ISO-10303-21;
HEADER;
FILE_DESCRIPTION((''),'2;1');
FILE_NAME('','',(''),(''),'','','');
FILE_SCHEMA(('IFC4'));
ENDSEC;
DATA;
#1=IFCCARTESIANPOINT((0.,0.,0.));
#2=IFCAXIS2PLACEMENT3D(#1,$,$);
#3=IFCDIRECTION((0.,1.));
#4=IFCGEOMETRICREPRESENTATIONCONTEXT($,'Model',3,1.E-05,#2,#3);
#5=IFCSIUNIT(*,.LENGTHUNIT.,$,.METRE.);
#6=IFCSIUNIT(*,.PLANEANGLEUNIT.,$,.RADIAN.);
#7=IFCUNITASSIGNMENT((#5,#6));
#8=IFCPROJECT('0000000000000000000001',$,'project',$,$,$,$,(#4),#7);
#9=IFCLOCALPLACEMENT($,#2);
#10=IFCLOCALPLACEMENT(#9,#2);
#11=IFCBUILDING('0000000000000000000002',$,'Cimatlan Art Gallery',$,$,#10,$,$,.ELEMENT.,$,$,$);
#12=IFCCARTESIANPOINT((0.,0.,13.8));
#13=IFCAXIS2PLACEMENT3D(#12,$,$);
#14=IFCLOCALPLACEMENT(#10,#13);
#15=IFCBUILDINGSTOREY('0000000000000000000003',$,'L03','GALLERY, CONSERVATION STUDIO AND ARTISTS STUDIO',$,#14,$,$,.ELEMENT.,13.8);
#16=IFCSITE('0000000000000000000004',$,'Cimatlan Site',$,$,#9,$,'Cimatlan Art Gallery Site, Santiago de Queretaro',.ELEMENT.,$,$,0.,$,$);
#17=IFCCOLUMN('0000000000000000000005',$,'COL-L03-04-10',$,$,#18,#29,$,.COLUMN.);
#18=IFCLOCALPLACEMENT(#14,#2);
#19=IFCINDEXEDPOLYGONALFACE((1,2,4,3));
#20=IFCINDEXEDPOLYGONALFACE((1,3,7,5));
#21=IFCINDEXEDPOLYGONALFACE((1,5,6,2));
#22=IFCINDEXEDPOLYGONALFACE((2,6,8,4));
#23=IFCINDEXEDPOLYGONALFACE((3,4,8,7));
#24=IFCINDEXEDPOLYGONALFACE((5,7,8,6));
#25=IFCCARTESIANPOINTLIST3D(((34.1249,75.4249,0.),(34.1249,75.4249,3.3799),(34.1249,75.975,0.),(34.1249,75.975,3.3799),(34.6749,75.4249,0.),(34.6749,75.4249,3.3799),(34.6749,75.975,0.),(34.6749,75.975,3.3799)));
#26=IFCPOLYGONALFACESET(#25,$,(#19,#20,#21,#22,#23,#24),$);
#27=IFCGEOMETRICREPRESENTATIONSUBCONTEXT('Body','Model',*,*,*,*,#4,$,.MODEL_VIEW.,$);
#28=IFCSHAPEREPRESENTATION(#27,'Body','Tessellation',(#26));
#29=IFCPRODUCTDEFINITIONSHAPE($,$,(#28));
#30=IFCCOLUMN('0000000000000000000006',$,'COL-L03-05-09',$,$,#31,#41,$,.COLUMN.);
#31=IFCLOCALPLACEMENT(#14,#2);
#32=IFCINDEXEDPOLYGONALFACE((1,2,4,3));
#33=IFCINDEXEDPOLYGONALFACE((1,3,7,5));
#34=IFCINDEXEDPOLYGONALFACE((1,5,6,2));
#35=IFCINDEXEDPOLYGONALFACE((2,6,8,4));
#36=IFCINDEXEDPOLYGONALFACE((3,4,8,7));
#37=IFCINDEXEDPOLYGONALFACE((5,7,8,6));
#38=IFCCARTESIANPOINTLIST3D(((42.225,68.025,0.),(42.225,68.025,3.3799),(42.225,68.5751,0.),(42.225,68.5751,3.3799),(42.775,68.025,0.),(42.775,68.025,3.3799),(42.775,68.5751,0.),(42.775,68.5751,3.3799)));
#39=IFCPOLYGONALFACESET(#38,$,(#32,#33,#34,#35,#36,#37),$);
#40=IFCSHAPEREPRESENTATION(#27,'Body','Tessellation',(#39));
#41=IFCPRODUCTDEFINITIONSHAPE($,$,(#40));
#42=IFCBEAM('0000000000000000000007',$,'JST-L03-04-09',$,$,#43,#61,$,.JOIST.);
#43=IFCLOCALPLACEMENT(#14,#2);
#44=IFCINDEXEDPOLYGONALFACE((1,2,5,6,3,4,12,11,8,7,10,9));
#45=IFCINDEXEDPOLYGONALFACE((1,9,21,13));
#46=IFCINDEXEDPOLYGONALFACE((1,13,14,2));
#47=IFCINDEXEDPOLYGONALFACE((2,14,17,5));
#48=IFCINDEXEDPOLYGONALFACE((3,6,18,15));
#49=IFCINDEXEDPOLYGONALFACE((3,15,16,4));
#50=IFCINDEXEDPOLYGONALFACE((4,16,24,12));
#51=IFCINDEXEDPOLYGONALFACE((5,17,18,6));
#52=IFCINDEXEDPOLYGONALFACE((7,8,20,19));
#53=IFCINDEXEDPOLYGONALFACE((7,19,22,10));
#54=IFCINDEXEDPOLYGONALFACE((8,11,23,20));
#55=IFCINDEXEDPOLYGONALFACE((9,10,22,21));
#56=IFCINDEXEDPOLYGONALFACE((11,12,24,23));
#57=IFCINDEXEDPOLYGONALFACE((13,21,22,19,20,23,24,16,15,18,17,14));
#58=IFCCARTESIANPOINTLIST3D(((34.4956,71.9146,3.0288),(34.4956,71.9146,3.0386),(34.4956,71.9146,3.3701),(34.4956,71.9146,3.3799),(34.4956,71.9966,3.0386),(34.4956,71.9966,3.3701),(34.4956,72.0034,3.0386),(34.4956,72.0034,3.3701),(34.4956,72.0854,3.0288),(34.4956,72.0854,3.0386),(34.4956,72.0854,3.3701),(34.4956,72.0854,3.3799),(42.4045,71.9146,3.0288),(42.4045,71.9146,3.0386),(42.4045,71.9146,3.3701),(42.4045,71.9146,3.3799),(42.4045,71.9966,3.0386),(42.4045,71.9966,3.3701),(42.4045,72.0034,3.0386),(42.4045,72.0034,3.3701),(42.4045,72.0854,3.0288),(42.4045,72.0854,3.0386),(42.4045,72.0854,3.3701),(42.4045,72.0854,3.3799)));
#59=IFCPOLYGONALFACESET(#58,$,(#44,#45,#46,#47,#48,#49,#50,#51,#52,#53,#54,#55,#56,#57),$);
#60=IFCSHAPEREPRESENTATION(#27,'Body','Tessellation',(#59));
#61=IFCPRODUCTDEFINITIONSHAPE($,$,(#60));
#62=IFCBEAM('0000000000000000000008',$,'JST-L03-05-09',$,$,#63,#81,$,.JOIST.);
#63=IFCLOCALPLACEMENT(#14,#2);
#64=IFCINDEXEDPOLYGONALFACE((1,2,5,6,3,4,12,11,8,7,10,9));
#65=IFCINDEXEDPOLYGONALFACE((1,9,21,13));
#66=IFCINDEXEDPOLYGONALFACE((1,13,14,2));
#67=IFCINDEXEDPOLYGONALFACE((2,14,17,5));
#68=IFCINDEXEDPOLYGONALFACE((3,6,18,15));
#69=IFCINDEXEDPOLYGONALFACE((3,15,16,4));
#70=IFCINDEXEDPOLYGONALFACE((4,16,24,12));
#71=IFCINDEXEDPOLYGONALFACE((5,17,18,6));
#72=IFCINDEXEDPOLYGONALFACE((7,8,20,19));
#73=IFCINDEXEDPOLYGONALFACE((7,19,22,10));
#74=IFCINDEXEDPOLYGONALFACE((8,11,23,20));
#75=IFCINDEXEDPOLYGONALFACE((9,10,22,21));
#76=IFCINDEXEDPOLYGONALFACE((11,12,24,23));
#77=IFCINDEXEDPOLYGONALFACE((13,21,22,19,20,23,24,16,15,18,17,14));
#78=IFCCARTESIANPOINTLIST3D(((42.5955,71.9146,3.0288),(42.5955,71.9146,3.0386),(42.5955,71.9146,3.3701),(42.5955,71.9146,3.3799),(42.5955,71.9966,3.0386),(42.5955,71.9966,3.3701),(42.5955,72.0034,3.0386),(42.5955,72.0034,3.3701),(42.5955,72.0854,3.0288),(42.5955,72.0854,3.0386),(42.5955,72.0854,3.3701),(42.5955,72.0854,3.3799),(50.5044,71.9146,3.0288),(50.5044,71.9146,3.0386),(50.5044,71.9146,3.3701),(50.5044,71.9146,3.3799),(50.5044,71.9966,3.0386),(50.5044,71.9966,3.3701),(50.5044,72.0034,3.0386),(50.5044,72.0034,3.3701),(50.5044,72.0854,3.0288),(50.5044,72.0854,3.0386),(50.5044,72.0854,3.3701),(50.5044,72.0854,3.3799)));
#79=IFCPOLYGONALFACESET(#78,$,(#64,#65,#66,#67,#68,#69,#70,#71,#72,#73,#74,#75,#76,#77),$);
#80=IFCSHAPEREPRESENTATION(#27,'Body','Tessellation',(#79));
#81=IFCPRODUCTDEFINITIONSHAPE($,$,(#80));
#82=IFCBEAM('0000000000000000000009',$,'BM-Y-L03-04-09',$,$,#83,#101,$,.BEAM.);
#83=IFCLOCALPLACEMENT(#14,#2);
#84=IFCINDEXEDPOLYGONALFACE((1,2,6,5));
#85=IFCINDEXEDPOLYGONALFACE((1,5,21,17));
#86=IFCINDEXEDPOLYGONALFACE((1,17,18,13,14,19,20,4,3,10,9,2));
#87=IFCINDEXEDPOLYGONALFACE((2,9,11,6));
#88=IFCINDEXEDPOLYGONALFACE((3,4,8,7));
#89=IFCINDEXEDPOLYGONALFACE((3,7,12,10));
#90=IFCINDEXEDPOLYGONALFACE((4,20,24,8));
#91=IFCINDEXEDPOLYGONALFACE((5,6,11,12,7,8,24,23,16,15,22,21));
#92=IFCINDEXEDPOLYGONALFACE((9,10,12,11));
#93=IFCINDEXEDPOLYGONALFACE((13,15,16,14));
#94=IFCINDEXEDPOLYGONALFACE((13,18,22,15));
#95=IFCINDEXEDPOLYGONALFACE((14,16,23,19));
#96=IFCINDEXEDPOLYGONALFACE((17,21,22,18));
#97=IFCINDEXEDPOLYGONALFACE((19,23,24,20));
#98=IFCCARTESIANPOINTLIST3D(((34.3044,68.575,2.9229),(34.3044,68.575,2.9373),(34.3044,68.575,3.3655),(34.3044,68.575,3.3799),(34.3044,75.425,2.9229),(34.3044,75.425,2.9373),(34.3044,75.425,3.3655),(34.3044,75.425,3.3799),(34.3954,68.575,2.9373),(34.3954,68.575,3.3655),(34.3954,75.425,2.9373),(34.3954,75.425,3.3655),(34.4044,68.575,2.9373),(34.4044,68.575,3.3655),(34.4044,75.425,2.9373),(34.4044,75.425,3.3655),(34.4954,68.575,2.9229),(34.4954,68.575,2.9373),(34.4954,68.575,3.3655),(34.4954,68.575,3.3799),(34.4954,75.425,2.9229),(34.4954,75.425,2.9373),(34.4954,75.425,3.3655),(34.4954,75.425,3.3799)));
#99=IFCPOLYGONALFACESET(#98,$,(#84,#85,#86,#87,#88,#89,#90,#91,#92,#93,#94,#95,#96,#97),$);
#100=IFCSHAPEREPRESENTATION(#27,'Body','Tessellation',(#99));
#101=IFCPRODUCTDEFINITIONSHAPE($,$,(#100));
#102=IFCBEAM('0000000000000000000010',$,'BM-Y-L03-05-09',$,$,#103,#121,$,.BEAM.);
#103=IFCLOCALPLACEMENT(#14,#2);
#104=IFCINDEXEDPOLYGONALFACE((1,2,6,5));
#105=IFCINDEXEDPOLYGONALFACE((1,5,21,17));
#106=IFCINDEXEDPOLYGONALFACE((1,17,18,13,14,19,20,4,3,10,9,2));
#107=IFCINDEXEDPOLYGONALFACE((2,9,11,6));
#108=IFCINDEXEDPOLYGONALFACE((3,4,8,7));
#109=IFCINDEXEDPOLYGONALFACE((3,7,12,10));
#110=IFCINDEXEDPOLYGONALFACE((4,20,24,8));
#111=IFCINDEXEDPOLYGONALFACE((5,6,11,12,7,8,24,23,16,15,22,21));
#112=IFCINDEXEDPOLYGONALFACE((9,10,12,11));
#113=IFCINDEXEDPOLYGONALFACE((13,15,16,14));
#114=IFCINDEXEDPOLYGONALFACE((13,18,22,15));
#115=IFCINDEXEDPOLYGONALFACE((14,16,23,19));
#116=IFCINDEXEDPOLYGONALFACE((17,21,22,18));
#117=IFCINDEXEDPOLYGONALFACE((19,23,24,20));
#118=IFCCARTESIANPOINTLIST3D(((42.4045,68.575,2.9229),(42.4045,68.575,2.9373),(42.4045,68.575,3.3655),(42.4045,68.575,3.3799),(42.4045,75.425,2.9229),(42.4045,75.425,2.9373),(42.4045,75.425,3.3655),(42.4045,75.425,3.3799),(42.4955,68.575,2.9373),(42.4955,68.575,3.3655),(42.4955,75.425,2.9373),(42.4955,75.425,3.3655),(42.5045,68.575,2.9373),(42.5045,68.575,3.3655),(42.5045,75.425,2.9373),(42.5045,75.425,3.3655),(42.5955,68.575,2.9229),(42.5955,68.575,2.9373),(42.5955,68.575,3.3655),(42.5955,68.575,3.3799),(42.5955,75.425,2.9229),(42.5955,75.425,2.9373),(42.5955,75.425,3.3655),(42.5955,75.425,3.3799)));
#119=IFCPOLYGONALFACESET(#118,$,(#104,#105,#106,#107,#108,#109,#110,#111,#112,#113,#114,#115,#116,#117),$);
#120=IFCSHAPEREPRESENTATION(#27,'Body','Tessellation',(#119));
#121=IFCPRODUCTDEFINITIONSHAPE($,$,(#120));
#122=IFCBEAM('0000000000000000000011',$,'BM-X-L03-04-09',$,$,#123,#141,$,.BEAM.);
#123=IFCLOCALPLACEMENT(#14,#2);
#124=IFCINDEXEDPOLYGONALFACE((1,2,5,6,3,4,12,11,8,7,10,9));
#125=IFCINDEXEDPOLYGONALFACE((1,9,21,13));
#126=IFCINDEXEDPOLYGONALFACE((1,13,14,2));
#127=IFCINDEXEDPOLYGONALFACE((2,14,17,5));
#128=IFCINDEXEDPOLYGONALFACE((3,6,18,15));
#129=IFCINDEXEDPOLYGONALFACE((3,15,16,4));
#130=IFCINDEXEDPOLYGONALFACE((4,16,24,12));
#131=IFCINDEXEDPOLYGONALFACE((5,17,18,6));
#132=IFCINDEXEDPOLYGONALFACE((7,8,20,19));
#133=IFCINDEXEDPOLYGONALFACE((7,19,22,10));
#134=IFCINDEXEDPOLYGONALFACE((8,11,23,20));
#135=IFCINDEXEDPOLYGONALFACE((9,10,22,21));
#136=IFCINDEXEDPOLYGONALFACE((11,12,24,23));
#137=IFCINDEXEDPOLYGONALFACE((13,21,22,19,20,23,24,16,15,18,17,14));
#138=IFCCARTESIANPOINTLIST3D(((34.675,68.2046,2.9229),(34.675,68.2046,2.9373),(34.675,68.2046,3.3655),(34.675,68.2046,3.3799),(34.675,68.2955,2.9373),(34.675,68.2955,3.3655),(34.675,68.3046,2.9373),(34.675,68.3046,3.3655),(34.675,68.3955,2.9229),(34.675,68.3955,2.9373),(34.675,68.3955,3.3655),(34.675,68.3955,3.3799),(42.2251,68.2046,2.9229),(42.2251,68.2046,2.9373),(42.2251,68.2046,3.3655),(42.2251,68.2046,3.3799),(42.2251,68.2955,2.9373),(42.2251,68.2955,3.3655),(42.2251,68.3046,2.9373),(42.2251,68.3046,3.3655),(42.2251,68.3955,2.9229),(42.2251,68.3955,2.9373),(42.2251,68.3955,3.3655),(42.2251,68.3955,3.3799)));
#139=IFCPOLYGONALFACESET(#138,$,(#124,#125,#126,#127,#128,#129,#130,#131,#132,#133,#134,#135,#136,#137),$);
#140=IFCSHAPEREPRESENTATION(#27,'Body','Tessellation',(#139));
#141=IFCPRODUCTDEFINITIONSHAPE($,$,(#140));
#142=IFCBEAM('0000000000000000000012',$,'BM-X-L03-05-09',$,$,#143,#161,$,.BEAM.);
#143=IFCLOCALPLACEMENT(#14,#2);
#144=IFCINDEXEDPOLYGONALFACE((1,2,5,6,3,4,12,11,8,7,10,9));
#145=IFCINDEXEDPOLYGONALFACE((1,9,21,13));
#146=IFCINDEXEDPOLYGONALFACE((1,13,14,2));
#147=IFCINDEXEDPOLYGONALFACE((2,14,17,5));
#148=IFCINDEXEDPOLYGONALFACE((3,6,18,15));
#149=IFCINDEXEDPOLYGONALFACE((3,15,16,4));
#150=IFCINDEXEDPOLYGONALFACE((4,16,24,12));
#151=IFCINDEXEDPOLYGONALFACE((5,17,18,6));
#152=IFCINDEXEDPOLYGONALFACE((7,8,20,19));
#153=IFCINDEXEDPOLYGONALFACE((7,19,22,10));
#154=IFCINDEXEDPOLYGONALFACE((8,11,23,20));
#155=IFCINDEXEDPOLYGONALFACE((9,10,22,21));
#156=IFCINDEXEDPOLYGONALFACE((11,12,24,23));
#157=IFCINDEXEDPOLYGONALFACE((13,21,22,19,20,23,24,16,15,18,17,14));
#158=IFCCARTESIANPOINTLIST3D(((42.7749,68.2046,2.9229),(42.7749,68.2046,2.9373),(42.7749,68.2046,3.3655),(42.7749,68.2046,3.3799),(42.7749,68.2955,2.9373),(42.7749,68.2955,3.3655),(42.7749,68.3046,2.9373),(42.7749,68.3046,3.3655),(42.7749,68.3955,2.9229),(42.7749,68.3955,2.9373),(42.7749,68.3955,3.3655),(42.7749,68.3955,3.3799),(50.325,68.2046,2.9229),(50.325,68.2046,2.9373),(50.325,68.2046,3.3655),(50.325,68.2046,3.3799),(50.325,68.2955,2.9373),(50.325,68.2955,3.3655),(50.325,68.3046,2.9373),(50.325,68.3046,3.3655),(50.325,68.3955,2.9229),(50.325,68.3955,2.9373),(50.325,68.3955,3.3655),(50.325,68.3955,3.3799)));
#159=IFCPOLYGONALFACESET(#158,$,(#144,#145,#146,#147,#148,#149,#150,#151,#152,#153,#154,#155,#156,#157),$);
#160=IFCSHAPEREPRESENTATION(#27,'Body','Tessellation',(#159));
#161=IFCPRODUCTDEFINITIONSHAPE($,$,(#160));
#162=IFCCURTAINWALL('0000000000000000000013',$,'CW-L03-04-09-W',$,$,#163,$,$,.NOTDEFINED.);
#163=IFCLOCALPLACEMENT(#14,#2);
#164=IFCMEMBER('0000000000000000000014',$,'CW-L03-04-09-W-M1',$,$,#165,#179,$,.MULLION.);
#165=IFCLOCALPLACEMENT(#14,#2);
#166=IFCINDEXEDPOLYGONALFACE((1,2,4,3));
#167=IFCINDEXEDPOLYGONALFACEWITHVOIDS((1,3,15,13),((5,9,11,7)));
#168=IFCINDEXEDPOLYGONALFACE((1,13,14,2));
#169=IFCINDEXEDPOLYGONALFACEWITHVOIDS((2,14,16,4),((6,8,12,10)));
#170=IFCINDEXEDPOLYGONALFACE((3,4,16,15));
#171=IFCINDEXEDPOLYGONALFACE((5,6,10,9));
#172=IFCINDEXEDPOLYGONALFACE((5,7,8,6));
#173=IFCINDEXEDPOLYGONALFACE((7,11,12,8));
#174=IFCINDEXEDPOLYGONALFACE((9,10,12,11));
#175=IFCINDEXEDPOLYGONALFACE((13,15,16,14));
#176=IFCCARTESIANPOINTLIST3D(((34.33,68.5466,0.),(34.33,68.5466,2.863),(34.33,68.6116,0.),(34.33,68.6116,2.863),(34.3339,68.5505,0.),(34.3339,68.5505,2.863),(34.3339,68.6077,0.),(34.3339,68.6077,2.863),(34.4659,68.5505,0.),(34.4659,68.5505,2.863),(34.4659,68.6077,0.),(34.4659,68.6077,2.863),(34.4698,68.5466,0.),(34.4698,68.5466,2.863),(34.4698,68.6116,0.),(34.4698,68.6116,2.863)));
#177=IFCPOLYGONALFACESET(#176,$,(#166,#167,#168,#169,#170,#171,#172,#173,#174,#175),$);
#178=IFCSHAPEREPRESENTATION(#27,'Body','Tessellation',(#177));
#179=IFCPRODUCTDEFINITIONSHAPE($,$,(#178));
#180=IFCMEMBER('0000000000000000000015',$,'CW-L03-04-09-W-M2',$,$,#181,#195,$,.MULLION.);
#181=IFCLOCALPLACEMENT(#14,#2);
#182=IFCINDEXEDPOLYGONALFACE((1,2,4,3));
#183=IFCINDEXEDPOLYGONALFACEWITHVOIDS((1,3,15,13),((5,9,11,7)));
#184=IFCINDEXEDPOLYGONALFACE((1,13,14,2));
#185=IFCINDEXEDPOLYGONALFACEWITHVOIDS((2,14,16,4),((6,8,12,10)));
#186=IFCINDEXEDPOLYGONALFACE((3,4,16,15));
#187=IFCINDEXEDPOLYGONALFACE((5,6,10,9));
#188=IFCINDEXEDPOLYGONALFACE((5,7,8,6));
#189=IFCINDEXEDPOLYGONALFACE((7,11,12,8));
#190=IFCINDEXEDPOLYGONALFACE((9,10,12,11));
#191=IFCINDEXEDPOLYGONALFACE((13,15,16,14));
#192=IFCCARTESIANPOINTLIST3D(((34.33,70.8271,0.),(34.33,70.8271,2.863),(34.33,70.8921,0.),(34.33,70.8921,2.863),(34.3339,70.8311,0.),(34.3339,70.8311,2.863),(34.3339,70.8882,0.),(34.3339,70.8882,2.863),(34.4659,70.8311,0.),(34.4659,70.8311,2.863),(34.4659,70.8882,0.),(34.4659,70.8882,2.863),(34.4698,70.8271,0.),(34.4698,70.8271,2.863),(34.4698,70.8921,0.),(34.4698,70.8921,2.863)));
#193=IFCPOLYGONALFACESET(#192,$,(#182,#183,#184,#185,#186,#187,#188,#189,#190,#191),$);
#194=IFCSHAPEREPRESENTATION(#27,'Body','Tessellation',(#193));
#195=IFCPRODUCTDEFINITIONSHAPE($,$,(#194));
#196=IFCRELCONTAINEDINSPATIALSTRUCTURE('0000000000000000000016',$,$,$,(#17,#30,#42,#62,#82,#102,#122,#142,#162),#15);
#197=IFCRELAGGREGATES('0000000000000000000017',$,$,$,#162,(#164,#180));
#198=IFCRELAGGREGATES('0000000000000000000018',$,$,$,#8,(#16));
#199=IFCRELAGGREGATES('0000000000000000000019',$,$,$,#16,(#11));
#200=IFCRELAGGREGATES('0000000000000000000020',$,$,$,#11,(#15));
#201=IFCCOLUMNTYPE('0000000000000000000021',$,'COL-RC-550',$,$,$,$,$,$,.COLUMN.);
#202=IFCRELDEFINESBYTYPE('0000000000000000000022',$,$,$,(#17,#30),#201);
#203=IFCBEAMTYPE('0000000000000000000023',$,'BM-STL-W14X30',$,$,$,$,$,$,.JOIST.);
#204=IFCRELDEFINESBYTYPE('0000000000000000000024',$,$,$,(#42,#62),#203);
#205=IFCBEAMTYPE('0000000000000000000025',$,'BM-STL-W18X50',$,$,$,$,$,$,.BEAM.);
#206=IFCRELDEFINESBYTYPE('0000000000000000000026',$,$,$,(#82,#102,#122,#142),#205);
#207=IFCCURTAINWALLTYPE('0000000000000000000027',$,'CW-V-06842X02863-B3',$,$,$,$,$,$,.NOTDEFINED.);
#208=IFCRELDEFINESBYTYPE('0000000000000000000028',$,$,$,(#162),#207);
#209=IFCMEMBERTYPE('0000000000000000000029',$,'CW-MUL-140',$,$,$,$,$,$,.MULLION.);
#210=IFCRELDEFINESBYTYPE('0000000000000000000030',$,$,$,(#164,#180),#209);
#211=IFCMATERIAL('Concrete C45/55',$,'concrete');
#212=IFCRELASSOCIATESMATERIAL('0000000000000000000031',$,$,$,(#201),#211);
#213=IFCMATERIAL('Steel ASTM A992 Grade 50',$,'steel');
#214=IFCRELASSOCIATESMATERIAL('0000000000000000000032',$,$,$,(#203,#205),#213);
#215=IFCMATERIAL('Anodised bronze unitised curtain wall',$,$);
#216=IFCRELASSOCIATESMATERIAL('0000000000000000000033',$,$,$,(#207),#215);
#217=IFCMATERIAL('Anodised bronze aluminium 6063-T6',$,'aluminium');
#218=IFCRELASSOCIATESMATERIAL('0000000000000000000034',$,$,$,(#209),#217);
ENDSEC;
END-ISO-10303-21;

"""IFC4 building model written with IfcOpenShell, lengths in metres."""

from ifc_helpers import new_model, si_unit, direction, frame, origin, origin_2d, place, context, subcontext, project, spatial, rectangle, hollow_rectangle, i_section, extrude, material, material_profile, profile_set, type_object, element, aggregate, save


model = new_model("IFC4")

# Units and contexts
model_context = context("Model", 3, precision=1e-05, world=origin(), true_north=direction((0.0, 1.0)))
body_context = subcontext(model_context, "Body", "Model", "MODEL_VIEW")
ifc_project = project(units=[si_unit("LENGTHUNIT", "METRE"), si_unit("PLANEANGLEUNIT", "RADIAN")], contexts=[model_context])

# Site, building, storey
site_placement = place(None, origin())
site = spatial("IfcSite", under=ifc_project, at=site_placement, Name="Cimatlan Site", LongName="Cimatlan Art Gallery Site, Santiago de Queretaro", CompositionType="ELEMENT", RefElevation=0.0)
building_placement = place(site_placement, origin())
building = spatial("IfcBuilding", under=site, at=building_placement, Name="Cimatlan Art Gallery", CompositionType="ELEMENT")
storey_placement = place(building_placement, frame((0.0, 0.0, 13.8)))
storey = spatial("IfcBuildingStorey", under=building, at=storey_placement, Name="L03", Description="GALLERY, CONSERVATION STUDIO AND ARTISTS STUDIO", CompositionType="ELEMENT", Elevation=13.8)

# Columns
ifc_material_1 = material(Name="Concrete C45/55", Category="concrete")
ifc_material_profile_1 = material_profile(ifc_material_1, rectangle(XDim=0.55, YDim=0.55, at=origin_2d()), Name="RC550X550")
ifc_profile_set_1 = profile_set([ifc_material_profile_1], Name="Concrete C45/55")
column_type = type_object("IfcColumnType", Name="COL-RC-550", PredefinedType="COLUMN", material=ifc_profile_set_1)
for number, where, z_axis, x_axis, name in (
    (1, (34.3999, 75.7, 0.0), (0.0, 0.0, 1.0), (1.0, 0.0, 0.0), "COL-L03-04-10"),
    (2, (42.5, 68.3, 0.0), (0.0, 0.0, 1.0), (1.0, 0.0, 0.0), "COL-L03-05-09"),
):
    element("IfcColumn", number, at=place(storey_placement, frame(where, z_axis=z_axis, x_axis=x_axis)), inside=storey, type_object=column_type, Name=name, PredefinedType="COLUMN", context=body_context, shape_type="SweptSolid", body=[
        extrude(rectangle(XDim=0.55, YDim=0.55, at=origin_2d()), origin(), (0.0, 0.0, 1.0), 3.3799),
    ])

# Beams
ifc_material_2 = material(Name="Steel ASTM A992 Grade 50", Category="steel")
ifc_material_profile_2 = material_profile(ifc_material_2, i_section(OverallWidth=0.1709, OverallDepth=0.3511, WebThickness=0.0068, FlangeThickness=0.0098, at=origin_2d()), Name="W14X30")
ifc_profile_set_2 = profile_set([ifc_material_profile_2], Name="Steel ASTM A992 Grade 50")
beam_type_1 = type_object("IfcBeamType", Name="BM-STL-W14X30", PredefinedType="JOIST", material=ifc_profile_set_2)
for number, where, z_axis, x_axis, name in (
    (3, (34.4956, 72.0, 3.2043), (1.0, 0.0, 0.0), (0.0, 1.0, 0.0), "JST-L03-04-09"),
    (4, (42.5955, 72.0, 3.2043), (1.0, 0.0, 0.0), (0.0, 1.0, 0.0), "JST-L03-05-09"),
):
    element("IfcBeam", number, at=place(storey_placement, frame(where, z_axis=z_axis, x_axis=x_axis)), inside=storey, type_object=beam_type_1, Name=name, PredefinedType="JOIST", context=body_context, shape_type="SweptSolid", body=[
        extrude(i_section(OverallWidth=0.1709, OverallDepth=0.3511, WebThickness=0.0068, FlangeThickness=0.0098, at=origin_2d()), origin(), (0.0, 0.0, 1.0), 7.9089),
    ])
ifc_material_profile_3 = material_profile(ifc_material_2, i_section(OverallWidth=0.1909, OverallDepth=0.457, WebThickness=0.009, FlangeThickness=0.0144, at=origin_2d()), Name="W18X50")
ifc_profile_set_3 = profile_set([ifc_material_profile_3], Name="Steel ASTM A992 Grade 50")
beam_type_2 = type_object("IfcBeamType", Name="BM-STL-W18X50", PredefinedType="BEAM", material=ifc_profile_set_3)
for number, where, z_axis, x_axis, name in (
    (5, (34.3999, 68.575, 3.1514), (0.0, 1.0, 0.0), (-1.0, 0.0, 0.0), "BM-Y-L03-04-09"),
    (6, (42.5, 68.575, 3.1514), (0.0, 1.0, 0.0), (-1.0, 0.0, 0.0), "BM-Y-L03-05-09"),
):
    element("IfcBeam", number, at=place(storey_placement, frame(where, z_axis=z_axis, x_axis=x_axis)), inside=storey, type_object=beam_type_2, Name=name, PredefinedType="BEAM", context=body_context, shape_type="SweptSolid", body=[
        extrude(i_section(OverallWidth=0.1909, OverallDepth=0.457, WebThickness=0.009, FlangeThickness=0.0144, at=origin_2d()), origin(), (0.0, 0.0, 1.0), 6.8501),
    ])
for number, where, z_axis, x_axis, name in (
    (7, (34.675, 68.3, 3.1514), (1.0, 0.0, 0.0), (0.0, 1.0, 0.0), "BM-X-L03-04-09"),
    (8, (42.7749, 68.3, 3.1514), (1.0, 0.0, 0.0), (0.0, 1.0, 0.0), "BM-X-L03-05-09"),
):
    element("IfcBeam", number, at=place(storey_placement, frame(where, z_axis=z_axis, x_axis=x_axis)), inside=storey, type_object=beam_type_2, Name=name, PredefinedType="BEAM", context=body_context, shape_type="SweptSolid", body=[
        extrude(i_section(OverallWidth=0.1909, OverallDepth=0.457, WebThickness=0.009, FlangeThickness=0.0144, at=origin_2d()), origin(), (0.0, 0.0, 1.0), 7.55),
    ])

# Curtain wall, members
ifc_material_3 = material(Name="Anodised bronze unitised curtain wall")
curtain_wall_type = type_object("IfcCurtainWallType", Name="CW-V-06842X02863-B3", PredefinedType="NOTDEFINED", material=ifc_material_3)
curtain_wall_placement = place(storey_placement, origin())
curtain_wall = element("IfcCurtainWall", 9, at=curtain_wall_placement, inside=storey, type_object=curtain_wall_type, Name="CW-L03-04-09-W", PredefinedType="NOTDEFINED")
ifc_material_4 = material(Name="Anodised bronze aluminium 6063-T6", Category="aluminium")
ifc_material_profile_4 = material_profile(ifc_material_4, hollow_rectangle(XDim=0.0649, YDim=0.1399, WallThickness=0.0039, at=origin_2d()), Name="ALU65X140X4")
ifc_profile_set_4 = profile_set([ifc_material_profile_4], Name="Anodised bronze aluminium 6063-T6")
member_type_1 = type_object("IfcMemberType", Name="CW-MUL-140", PredefinedType="MULLION", material=ifc_profile_set_4)
member_1_placement = place(storey_placement, frame((34.3999, 68.5791, 0.0), z_axis=(0.0, 0.0, 1.0), x_axis=(0.0, 1.0, 0.0)))
member_1 = element("IfcMember", 10, at=member_1_placement, type_object=member_type_1, Name="CW-L03-04-09-W-M1", PredefinedType="MULLION", context=body_context, shape_type="SweptSolid", body=[
    extrude(hollow_rectangle(XDim=0.0649, YDim=0.1399, WallThickness=0.0039, at=origin_2d()), origin(), (0.0, 0.0, 1.0), 2.863),
])
member_2_placement = place(storey_placement, frame((34.3999, 70.8596, 0.0), z_axis=(0.0, 0.0, 1.0), x_axis=(0.0, 1.0, 0.0)))
member_2 = element("IfcMember", 11, at=member_2_placement, type_object=member_type_1, Name="CW-L03-04-09-W-M2", PredefinedType="MULLION", context=body_context, shape_type="SweptSolid", body=[
    extrude(hollow_rectangle(XDim=0.0649, YDim=0.1399, WallThickness=0.0039, at=origin_2d()), origin(), (0.0, 0.0, 1.0), 2.863),
])
aggregate(curtain_wall, [member_1, member_2])

save(model, "model.ifc")
